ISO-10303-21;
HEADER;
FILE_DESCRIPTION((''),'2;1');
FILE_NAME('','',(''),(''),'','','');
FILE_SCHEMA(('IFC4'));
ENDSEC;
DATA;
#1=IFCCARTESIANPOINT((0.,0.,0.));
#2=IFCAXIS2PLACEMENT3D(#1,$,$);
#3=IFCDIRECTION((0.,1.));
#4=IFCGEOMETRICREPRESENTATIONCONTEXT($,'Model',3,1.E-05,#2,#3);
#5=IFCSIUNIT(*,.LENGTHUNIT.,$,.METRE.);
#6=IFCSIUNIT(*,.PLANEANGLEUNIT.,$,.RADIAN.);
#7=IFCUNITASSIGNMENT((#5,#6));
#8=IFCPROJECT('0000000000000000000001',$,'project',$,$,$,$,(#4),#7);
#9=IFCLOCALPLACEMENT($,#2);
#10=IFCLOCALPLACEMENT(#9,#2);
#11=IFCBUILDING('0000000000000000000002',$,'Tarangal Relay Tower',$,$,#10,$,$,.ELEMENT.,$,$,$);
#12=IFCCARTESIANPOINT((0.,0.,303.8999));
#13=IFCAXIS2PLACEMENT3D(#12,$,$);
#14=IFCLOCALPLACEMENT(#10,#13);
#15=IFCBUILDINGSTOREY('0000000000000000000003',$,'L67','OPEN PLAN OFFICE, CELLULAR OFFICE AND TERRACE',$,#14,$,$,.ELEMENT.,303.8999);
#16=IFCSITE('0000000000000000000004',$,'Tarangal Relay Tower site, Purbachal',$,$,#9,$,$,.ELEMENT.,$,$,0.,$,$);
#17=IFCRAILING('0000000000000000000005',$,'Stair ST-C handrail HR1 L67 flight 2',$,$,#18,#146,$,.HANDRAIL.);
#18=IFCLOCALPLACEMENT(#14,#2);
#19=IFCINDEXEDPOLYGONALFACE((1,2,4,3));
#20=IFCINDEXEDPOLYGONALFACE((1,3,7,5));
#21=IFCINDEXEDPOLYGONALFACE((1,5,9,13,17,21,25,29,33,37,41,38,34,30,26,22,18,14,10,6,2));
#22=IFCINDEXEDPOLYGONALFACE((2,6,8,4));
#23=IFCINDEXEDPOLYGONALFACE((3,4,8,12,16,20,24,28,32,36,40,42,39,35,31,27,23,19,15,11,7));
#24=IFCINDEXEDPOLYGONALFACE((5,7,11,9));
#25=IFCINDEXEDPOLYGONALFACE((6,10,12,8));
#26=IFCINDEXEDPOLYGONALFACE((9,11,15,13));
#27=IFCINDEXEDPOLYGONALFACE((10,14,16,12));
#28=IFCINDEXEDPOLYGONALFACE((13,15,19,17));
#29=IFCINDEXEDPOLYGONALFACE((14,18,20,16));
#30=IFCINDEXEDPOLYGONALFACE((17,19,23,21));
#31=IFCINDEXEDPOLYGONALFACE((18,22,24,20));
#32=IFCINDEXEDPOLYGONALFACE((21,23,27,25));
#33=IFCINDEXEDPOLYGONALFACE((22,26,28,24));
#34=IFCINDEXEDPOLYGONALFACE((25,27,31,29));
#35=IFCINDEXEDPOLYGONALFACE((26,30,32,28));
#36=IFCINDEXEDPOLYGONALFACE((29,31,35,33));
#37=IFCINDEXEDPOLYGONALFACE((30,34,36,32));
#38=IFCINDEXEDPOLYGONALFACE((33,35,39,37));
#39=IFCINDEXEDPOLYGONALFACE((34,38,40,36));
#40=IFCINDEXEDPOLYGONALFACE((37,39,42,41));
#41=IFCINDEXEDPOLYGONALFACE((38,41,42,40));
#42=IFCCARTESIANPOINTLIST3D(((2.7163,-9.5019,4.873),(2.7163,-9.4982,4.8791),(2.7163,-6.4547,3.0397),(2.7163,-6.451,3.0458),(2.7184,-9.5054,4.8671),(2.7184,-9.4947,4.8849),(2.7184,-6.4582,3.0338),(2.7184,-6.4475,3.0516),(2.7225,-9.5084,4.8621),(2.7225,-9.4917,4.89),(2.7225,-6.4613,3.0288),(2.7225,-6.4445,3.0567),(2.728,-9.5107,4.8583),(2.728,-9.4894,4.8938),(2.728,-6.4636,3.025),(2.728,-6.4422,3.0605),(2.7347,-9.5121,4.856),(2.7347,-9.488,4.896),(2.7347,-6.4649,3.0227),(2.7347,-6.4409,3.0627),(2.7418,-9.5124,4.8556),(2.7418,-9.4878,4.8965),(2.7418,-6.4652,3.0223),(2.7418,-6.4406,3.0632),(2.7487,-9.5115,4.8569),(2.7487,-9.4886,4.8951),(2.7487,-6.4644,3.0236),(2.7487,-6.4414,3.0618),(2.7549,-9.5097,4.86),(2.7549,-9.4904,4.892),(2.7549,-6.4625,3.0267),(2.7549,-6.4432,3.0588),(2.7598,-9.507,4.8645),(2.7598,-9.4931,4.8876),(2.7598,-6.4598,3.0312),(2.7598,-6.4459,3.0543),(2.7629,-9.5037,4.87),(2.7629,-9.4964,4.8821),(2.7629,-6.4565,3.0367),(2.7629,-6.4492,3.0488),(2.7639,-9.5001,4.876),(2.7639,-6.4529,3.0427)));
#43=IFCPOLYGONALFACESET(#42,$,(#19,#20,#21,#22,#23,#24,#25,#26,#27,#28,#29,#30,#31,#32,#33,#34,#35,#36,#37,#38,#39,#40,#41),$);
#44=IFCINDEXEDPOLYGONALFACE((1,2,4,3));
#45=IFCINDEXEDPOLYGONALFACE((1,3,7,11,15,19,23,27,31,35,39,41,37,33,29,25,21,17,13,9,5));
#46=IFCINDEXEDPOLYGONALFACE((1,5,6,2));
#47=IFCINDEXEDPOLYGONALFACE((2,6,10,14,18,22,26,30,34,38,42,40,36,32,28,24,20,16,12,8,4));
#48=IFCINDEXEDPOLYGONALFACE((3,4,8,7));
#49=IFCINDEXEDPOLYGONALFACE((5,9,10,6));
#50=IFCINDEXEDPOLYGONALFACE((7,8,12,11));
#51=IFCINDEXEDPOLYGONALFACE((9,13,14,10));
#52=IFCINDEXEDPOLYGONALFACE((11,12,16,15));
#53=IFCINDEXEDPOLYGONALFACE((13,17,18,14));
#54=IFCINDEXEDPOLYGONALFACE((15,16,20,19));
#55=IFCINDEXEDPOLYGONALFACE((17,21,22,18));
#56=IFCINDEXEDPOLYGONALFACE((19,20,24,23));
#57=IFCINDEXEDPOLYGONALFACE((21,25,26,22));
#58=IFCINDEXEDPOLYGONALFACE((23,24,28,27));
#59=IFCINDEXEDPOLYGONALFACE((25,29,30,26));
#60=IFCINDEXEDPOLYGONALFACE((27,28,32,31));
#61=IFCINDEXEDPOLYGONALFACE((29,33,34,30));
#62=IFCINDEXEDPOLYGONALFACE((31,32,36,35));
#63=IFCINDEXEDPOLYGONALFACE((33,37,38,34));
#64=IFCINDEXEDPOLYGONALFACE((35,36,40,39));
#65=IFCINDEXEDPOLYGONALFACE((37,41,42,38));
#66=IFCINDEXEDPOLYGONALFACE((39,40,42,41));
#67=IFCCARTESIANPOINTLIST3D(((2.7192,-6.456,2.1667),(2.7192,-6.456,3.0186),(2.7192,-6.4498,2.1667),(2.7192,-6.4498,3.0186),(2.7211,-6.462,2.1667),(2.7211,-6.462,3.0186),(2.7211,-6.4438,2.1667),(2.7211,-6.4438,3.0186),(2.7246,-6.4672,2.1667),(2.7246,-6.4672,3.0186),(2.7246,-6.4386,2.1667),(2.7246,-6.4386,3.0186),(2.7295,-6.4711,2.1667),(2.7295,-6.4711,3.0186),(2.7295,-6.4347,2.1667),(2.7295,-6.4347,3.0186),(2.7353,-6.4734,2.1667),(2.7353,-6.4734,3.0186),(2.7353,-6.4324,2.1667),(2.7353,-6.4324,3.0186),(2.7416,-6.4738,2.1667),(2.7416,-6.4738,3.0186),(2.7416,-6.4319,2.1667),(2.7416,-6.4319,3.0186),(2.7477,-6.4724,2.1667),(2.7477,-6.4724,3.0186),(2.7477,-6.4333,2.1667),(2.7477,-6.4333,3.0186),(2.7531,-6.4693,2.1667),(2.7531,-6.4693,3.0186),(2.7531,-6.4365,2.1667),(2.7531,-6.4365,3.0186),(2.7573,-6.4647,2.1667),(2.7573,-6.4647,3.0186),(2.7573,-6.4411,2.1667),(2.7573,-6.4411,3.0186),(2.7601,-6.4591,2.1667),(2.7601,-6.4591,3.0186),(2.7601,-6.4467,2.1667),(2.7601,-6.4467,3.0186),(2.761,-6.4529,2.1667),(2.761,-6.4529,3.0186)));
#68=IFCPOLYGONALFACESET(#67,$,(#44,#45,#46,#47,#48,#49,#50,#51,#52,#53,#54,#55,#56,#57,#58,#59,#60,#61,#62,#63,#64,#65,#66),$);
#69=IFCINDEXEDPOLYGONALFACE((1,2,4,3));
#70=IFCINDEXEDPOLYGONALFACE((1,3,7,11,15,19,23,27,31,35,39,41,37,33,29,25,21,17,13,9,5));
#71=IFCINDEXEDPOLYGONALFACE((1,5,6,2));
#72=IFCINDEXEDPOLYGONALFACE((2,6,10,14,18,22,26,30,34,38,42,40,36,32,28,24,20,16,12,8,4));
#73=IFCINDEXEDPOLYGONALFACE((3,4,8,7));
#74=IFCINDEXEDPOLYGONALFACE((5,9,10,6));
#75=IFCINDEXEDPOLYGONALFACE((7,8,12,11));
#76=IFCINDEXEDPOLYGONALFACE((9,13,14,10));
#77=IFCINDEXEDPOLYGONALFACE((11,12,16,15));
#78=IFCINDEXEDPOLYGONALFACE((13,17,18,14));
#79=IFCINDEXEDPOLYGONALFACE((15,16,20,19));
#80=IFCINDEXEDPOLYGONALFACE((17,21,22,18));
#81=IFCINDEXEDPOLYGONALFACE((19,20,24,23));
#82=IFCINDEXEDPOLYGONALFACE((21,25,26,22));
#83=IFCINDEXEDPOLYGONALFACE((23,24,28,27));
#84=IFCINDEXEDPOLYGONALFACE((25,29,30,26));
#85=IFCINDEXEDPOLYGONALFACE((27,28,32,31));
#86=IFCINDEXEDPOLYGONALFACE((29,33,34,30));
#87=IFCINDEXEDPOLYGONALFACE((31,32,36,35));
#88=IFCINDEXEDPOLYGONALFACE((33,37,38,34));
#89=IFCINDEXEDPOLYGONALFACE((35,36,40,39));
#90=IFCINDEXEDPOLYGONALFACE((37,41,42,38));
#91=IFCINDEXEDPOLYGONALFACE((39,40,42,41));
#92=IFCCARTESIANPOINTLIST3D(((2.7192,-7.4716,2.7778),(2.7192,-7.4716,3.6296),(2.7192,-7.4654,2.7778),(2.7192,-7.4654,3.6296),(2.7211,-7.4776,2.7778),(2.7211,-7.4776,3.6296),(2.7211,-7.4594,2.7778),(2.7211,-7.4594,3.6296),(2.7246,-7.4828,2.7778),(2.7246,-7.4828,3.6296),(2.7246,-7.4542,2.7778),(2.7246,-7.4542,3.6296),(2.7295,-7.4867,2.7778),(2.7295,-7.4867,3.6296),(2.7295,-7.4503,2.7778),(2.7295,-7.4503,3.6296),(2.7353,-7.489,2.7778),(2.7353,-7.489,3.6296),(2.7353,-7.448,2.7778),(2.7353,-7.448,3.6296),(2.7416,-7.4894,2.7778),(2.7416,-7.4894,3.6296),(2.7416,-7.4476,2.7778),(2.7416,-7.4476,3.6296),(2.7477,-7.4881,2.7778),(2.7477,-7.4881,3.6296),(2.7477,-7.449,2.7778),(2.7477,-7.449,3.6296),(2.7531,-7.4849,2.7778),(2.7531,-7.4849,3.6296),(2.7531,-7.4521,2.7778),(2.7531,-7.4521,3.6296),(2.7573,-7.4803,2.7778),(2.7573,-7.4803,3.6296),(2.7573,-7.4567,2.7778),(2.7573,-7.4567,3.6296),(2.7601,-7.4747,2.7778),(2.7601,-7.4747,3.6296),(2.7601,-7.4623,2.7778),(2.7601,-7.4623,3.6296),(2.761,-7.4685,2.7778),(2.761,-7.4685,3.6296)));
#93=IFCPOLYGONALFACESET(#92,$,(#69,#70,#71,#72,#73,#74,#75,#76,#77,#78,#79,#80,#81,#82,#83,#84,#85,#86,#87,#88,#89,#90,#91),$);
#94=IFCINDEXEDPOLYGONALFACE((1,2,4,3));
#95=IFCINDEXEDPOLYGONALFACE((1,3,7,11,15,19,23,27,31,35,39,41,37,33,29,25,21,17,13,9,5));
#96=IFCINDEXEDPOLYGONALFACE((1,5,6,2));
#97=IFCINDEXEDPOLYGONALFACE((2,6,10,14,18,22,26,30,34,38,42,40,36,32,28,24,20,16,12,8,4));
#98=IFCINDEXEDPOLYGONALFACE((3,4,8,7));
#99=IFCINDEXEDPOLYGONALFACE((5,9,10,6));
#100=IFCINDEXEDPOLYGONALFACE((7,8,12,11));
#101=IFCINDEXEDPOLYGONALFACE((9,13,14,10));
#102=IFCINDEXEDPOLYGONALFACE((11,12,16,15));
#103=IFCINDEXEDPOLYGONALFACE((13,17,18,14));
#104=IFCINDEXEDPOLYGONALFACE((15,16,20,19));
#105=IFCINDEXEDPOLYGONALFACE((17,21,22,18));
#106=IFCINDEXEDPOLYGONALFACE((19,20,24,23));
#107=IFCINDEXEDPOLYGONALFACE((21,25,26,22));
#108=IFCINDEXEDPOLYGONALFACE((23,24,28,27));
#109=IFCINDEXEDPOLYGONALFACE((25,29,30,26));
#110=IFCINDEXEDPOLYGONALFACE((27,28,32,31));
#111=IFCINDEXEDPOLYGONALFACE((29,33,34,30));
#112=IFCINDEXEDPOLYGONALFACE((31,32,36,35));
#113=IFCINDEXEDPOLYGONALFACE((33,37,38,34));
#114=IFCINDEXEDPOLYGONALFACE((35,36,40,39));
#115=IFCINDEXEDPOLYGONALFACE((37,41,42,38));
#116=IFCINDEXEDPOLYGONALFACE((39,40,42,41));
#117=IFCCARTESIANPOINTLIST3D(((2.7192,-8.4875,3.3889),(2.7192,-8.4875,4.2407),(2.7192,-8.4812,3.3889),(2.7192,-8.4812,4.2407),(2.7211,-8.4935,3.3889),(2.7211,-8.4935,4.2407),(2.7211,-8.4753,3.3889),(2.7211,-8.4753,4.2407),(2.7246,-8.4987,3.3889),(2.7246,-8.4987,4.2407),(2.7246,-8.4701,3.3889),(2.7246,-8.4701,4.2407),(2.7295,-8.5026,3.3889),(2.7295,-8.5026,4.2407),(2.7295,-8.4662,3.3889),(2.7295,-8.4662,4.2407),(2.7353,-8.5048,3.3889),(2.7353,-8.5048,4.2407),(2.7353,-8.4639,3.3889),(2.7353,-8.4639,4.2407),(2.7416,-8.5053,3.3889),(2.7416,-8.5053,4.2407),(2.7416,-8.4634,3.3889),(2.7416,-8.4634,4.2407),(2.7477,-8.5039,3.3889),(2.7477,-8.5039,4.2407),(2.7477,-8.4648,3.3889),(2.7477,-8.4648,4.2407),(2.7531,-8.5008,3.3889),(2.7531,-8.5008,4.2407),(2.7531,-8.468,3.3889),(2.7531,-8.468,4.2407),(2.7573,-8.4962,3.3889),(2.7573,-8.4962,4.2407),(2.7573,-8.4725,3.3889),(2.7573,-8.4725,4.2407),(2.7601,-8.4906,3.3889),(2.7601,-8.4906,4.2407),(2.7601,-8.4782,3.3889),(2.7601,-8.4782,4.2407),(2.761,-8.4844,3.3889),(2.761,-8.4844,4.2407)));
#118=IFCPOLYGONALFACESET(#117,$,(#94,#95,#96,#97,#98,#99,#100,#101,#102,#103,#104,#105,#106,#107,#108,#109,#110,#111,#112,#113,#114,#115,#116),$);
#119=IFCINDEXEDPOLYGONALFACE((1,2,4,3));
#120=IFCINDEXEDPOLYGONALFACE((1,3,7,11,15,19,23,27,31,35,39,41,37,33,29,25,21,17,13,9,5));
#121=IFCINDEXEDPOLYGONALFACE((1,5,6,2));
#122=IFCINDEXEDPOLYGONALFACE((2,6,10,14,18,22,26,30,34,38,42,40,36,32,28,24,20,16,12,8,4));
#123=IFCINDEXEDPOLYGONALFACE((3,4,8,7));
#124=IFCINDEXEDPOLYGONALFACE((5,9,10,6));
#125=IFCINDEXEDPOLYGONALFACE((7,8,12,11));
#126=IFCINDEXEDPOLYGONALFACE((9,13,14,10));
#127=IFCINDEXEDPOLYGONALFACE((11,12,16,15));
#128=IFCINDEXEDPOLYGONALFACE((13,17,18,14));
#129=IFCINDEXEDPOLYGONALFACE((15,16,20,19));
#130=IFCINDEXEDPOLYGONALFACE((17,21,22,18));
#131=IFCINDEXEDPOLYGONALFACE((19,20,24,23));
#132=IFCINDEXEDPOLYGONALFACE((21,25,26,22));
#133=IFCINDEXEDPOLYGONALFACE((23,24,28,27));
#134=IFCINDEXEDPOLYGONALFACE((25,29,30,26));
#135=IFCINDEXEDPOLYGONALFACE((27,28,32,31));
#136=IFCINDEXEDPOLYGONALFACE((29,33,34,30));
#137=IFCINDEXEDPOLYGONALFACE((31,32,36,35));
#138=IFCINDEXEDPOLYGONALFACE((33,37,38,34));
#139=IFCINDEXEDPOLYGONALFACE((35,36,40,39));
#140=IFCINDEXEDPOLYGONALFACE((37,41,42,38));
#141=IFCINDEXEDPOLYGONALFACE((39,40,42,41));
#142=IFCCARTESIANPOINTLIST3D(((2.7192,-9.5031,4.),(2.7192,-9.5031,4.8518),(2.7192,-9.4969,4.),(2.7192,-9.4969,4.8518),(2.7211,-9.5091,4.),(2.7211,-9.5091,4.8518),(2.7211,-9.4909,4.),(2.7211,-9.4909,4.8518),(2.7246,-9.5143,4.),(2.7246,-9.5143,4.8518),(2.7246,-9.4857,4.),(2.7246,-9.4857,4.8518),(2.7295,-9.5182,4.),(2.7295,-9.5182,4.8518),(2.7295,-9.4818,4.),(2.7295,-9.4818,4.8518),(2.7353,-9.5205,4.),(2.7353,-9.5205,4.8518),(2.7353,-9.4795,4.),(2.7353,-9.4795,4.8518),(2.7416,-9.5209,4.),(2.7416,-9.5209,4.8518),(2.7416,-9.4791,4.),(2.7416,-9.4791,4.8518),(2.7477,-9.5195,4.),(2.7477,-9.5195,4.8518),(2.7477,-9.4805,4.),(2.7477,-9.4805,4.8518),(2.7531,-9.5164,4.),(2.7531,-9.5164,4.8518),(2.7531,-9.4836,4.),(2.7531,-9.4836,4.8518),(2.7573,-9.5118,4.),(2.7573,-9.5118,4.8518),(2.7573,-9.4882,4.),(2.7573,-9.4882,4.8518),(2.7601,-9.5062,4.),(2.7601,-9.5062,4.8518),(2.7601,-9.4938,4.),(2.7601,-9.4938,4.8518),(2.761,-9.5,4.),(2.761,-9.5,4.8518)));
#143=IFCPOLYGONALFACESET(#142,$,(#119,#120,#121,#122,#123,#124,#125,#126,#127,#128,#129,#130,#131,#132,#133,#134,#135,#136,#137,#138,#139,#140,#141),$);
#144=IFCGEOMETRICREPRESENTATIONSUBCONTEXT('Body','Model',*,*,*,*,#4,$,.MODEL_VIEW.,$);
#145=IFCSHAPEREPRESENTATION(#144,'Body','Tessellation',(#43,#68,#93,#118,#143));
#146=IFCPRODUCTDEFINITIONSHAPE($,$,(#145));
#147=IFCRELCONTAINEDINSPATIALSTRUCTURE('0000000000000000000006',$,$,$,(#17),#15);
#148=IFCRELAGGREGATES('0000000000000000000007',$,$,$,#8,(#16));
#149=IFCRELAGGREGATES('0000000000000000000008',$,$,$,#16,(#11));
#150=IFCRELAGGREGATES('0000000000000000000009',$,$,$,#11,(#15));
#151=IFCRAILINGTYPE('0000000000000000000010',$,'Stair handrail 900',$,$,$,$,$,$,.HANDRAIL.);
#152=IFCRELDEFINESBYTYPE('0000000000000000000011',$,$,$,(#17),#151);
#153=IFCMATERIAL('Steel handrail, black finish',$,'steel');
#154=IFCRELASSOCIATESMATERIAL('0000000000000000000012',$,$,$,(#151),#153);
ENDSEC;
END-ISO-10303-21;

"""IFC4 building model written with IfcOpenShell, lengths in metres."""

from ifc_helpers import new_model, si_unit, direction, frame, origin, origin_2d, place, context, subcontext, project, spatial, circle, extrude, material, type_object, element, save


model = new_model("IFC4")

# Units and contexts
model_context = context("Model", 3, precision=1e-05, world=origin(), true_north=direction((0.0, 1.0)))
body_context = subcontext(model_context, "Body", "Model", "MODEL_VIEW")
ifc_project = project(units=[si_unit("LENGTHUNIT", "METRE"), si_unit("PLANEANGLEUNIT", "RADIAN")], contexts=[model_context])

# Site, building, storey
site_placement = place(None, origin())
site = spatial("IfcSite", under=ifc_project, at=site_placement, Name="Tarangal Relay Tower site, Purbachal", CompositionType="ELEMENT", RefElevation=0.0)
building_placement = place(site_placement, origin())
building = spatial("IfcBuilding", under=site, at=building_placement, Name="Tarangal Relay Tower", CompositionType="ELEMENT")
storey_placement = place(building_placement, frame((0.0, 0.0, 303.8999)))
storey = spatial("IfcBuildingStorey", under=building, at=storey_placement, Name="L67", Description="OPEN PLAN OFFICE, CELLULAR OFFICE AND TERRACE", CompositionType="ELEMENT", Elevation=303.8999)

# Railing
ifc_material_1 = material(Name="Steel handrail, black finish", Category="steel")
railing_type_1 = type_object("IfcRailingType", Name="Stair handrail 900", PredefinedType="HANDRAIL", material=ifc_material_1)
railing_1_placement = place(storey_placement, frame((2.74, -6.4529, 2.1667)))
element("IfcRailing", 1, at=railing_1_placement, inside=storey, type_object=railing_type_1, Name="Stair ST-C handrail HR1 L67 flight 2", PredefinedType="HANDRAIL", context=body_context, shape_type="SweptSolid", body=[
    extrude(circle(Radius=0.0239, at=origin_2d()), frame((0.0, 0.0, 0.876), z_axis=(0.0, -0.856874, 0.515525), x_axis=(1.0, 0.0, 0.0)), (0.0, 0.0, 1.0), 3.5562),
    extrude(circle(Radius=0.021, at=origin_2d()), origin(), (0.0, 0.0, 1.0), 0.8518),
    extrude(circle(Radius=0.021, at=origin_2d()), frame((0.0, -1.0156, 0.6111)), (0.0, 0.0, 1.0), 0.8518),
    extrude(circle(Radius=0.021, at=origin_2d()), frame((0.0, -2.0315, 1.2222)), (0.0, 0.0, 1.0), 0.8518),
    extrude(circle(Radius=0.021, at=origin_2d()), frame((0.0, -3.0471, 1.8333)), (0.0, 0.0, 1.0), 0.8518),
])

save(model, "model.ifc")
